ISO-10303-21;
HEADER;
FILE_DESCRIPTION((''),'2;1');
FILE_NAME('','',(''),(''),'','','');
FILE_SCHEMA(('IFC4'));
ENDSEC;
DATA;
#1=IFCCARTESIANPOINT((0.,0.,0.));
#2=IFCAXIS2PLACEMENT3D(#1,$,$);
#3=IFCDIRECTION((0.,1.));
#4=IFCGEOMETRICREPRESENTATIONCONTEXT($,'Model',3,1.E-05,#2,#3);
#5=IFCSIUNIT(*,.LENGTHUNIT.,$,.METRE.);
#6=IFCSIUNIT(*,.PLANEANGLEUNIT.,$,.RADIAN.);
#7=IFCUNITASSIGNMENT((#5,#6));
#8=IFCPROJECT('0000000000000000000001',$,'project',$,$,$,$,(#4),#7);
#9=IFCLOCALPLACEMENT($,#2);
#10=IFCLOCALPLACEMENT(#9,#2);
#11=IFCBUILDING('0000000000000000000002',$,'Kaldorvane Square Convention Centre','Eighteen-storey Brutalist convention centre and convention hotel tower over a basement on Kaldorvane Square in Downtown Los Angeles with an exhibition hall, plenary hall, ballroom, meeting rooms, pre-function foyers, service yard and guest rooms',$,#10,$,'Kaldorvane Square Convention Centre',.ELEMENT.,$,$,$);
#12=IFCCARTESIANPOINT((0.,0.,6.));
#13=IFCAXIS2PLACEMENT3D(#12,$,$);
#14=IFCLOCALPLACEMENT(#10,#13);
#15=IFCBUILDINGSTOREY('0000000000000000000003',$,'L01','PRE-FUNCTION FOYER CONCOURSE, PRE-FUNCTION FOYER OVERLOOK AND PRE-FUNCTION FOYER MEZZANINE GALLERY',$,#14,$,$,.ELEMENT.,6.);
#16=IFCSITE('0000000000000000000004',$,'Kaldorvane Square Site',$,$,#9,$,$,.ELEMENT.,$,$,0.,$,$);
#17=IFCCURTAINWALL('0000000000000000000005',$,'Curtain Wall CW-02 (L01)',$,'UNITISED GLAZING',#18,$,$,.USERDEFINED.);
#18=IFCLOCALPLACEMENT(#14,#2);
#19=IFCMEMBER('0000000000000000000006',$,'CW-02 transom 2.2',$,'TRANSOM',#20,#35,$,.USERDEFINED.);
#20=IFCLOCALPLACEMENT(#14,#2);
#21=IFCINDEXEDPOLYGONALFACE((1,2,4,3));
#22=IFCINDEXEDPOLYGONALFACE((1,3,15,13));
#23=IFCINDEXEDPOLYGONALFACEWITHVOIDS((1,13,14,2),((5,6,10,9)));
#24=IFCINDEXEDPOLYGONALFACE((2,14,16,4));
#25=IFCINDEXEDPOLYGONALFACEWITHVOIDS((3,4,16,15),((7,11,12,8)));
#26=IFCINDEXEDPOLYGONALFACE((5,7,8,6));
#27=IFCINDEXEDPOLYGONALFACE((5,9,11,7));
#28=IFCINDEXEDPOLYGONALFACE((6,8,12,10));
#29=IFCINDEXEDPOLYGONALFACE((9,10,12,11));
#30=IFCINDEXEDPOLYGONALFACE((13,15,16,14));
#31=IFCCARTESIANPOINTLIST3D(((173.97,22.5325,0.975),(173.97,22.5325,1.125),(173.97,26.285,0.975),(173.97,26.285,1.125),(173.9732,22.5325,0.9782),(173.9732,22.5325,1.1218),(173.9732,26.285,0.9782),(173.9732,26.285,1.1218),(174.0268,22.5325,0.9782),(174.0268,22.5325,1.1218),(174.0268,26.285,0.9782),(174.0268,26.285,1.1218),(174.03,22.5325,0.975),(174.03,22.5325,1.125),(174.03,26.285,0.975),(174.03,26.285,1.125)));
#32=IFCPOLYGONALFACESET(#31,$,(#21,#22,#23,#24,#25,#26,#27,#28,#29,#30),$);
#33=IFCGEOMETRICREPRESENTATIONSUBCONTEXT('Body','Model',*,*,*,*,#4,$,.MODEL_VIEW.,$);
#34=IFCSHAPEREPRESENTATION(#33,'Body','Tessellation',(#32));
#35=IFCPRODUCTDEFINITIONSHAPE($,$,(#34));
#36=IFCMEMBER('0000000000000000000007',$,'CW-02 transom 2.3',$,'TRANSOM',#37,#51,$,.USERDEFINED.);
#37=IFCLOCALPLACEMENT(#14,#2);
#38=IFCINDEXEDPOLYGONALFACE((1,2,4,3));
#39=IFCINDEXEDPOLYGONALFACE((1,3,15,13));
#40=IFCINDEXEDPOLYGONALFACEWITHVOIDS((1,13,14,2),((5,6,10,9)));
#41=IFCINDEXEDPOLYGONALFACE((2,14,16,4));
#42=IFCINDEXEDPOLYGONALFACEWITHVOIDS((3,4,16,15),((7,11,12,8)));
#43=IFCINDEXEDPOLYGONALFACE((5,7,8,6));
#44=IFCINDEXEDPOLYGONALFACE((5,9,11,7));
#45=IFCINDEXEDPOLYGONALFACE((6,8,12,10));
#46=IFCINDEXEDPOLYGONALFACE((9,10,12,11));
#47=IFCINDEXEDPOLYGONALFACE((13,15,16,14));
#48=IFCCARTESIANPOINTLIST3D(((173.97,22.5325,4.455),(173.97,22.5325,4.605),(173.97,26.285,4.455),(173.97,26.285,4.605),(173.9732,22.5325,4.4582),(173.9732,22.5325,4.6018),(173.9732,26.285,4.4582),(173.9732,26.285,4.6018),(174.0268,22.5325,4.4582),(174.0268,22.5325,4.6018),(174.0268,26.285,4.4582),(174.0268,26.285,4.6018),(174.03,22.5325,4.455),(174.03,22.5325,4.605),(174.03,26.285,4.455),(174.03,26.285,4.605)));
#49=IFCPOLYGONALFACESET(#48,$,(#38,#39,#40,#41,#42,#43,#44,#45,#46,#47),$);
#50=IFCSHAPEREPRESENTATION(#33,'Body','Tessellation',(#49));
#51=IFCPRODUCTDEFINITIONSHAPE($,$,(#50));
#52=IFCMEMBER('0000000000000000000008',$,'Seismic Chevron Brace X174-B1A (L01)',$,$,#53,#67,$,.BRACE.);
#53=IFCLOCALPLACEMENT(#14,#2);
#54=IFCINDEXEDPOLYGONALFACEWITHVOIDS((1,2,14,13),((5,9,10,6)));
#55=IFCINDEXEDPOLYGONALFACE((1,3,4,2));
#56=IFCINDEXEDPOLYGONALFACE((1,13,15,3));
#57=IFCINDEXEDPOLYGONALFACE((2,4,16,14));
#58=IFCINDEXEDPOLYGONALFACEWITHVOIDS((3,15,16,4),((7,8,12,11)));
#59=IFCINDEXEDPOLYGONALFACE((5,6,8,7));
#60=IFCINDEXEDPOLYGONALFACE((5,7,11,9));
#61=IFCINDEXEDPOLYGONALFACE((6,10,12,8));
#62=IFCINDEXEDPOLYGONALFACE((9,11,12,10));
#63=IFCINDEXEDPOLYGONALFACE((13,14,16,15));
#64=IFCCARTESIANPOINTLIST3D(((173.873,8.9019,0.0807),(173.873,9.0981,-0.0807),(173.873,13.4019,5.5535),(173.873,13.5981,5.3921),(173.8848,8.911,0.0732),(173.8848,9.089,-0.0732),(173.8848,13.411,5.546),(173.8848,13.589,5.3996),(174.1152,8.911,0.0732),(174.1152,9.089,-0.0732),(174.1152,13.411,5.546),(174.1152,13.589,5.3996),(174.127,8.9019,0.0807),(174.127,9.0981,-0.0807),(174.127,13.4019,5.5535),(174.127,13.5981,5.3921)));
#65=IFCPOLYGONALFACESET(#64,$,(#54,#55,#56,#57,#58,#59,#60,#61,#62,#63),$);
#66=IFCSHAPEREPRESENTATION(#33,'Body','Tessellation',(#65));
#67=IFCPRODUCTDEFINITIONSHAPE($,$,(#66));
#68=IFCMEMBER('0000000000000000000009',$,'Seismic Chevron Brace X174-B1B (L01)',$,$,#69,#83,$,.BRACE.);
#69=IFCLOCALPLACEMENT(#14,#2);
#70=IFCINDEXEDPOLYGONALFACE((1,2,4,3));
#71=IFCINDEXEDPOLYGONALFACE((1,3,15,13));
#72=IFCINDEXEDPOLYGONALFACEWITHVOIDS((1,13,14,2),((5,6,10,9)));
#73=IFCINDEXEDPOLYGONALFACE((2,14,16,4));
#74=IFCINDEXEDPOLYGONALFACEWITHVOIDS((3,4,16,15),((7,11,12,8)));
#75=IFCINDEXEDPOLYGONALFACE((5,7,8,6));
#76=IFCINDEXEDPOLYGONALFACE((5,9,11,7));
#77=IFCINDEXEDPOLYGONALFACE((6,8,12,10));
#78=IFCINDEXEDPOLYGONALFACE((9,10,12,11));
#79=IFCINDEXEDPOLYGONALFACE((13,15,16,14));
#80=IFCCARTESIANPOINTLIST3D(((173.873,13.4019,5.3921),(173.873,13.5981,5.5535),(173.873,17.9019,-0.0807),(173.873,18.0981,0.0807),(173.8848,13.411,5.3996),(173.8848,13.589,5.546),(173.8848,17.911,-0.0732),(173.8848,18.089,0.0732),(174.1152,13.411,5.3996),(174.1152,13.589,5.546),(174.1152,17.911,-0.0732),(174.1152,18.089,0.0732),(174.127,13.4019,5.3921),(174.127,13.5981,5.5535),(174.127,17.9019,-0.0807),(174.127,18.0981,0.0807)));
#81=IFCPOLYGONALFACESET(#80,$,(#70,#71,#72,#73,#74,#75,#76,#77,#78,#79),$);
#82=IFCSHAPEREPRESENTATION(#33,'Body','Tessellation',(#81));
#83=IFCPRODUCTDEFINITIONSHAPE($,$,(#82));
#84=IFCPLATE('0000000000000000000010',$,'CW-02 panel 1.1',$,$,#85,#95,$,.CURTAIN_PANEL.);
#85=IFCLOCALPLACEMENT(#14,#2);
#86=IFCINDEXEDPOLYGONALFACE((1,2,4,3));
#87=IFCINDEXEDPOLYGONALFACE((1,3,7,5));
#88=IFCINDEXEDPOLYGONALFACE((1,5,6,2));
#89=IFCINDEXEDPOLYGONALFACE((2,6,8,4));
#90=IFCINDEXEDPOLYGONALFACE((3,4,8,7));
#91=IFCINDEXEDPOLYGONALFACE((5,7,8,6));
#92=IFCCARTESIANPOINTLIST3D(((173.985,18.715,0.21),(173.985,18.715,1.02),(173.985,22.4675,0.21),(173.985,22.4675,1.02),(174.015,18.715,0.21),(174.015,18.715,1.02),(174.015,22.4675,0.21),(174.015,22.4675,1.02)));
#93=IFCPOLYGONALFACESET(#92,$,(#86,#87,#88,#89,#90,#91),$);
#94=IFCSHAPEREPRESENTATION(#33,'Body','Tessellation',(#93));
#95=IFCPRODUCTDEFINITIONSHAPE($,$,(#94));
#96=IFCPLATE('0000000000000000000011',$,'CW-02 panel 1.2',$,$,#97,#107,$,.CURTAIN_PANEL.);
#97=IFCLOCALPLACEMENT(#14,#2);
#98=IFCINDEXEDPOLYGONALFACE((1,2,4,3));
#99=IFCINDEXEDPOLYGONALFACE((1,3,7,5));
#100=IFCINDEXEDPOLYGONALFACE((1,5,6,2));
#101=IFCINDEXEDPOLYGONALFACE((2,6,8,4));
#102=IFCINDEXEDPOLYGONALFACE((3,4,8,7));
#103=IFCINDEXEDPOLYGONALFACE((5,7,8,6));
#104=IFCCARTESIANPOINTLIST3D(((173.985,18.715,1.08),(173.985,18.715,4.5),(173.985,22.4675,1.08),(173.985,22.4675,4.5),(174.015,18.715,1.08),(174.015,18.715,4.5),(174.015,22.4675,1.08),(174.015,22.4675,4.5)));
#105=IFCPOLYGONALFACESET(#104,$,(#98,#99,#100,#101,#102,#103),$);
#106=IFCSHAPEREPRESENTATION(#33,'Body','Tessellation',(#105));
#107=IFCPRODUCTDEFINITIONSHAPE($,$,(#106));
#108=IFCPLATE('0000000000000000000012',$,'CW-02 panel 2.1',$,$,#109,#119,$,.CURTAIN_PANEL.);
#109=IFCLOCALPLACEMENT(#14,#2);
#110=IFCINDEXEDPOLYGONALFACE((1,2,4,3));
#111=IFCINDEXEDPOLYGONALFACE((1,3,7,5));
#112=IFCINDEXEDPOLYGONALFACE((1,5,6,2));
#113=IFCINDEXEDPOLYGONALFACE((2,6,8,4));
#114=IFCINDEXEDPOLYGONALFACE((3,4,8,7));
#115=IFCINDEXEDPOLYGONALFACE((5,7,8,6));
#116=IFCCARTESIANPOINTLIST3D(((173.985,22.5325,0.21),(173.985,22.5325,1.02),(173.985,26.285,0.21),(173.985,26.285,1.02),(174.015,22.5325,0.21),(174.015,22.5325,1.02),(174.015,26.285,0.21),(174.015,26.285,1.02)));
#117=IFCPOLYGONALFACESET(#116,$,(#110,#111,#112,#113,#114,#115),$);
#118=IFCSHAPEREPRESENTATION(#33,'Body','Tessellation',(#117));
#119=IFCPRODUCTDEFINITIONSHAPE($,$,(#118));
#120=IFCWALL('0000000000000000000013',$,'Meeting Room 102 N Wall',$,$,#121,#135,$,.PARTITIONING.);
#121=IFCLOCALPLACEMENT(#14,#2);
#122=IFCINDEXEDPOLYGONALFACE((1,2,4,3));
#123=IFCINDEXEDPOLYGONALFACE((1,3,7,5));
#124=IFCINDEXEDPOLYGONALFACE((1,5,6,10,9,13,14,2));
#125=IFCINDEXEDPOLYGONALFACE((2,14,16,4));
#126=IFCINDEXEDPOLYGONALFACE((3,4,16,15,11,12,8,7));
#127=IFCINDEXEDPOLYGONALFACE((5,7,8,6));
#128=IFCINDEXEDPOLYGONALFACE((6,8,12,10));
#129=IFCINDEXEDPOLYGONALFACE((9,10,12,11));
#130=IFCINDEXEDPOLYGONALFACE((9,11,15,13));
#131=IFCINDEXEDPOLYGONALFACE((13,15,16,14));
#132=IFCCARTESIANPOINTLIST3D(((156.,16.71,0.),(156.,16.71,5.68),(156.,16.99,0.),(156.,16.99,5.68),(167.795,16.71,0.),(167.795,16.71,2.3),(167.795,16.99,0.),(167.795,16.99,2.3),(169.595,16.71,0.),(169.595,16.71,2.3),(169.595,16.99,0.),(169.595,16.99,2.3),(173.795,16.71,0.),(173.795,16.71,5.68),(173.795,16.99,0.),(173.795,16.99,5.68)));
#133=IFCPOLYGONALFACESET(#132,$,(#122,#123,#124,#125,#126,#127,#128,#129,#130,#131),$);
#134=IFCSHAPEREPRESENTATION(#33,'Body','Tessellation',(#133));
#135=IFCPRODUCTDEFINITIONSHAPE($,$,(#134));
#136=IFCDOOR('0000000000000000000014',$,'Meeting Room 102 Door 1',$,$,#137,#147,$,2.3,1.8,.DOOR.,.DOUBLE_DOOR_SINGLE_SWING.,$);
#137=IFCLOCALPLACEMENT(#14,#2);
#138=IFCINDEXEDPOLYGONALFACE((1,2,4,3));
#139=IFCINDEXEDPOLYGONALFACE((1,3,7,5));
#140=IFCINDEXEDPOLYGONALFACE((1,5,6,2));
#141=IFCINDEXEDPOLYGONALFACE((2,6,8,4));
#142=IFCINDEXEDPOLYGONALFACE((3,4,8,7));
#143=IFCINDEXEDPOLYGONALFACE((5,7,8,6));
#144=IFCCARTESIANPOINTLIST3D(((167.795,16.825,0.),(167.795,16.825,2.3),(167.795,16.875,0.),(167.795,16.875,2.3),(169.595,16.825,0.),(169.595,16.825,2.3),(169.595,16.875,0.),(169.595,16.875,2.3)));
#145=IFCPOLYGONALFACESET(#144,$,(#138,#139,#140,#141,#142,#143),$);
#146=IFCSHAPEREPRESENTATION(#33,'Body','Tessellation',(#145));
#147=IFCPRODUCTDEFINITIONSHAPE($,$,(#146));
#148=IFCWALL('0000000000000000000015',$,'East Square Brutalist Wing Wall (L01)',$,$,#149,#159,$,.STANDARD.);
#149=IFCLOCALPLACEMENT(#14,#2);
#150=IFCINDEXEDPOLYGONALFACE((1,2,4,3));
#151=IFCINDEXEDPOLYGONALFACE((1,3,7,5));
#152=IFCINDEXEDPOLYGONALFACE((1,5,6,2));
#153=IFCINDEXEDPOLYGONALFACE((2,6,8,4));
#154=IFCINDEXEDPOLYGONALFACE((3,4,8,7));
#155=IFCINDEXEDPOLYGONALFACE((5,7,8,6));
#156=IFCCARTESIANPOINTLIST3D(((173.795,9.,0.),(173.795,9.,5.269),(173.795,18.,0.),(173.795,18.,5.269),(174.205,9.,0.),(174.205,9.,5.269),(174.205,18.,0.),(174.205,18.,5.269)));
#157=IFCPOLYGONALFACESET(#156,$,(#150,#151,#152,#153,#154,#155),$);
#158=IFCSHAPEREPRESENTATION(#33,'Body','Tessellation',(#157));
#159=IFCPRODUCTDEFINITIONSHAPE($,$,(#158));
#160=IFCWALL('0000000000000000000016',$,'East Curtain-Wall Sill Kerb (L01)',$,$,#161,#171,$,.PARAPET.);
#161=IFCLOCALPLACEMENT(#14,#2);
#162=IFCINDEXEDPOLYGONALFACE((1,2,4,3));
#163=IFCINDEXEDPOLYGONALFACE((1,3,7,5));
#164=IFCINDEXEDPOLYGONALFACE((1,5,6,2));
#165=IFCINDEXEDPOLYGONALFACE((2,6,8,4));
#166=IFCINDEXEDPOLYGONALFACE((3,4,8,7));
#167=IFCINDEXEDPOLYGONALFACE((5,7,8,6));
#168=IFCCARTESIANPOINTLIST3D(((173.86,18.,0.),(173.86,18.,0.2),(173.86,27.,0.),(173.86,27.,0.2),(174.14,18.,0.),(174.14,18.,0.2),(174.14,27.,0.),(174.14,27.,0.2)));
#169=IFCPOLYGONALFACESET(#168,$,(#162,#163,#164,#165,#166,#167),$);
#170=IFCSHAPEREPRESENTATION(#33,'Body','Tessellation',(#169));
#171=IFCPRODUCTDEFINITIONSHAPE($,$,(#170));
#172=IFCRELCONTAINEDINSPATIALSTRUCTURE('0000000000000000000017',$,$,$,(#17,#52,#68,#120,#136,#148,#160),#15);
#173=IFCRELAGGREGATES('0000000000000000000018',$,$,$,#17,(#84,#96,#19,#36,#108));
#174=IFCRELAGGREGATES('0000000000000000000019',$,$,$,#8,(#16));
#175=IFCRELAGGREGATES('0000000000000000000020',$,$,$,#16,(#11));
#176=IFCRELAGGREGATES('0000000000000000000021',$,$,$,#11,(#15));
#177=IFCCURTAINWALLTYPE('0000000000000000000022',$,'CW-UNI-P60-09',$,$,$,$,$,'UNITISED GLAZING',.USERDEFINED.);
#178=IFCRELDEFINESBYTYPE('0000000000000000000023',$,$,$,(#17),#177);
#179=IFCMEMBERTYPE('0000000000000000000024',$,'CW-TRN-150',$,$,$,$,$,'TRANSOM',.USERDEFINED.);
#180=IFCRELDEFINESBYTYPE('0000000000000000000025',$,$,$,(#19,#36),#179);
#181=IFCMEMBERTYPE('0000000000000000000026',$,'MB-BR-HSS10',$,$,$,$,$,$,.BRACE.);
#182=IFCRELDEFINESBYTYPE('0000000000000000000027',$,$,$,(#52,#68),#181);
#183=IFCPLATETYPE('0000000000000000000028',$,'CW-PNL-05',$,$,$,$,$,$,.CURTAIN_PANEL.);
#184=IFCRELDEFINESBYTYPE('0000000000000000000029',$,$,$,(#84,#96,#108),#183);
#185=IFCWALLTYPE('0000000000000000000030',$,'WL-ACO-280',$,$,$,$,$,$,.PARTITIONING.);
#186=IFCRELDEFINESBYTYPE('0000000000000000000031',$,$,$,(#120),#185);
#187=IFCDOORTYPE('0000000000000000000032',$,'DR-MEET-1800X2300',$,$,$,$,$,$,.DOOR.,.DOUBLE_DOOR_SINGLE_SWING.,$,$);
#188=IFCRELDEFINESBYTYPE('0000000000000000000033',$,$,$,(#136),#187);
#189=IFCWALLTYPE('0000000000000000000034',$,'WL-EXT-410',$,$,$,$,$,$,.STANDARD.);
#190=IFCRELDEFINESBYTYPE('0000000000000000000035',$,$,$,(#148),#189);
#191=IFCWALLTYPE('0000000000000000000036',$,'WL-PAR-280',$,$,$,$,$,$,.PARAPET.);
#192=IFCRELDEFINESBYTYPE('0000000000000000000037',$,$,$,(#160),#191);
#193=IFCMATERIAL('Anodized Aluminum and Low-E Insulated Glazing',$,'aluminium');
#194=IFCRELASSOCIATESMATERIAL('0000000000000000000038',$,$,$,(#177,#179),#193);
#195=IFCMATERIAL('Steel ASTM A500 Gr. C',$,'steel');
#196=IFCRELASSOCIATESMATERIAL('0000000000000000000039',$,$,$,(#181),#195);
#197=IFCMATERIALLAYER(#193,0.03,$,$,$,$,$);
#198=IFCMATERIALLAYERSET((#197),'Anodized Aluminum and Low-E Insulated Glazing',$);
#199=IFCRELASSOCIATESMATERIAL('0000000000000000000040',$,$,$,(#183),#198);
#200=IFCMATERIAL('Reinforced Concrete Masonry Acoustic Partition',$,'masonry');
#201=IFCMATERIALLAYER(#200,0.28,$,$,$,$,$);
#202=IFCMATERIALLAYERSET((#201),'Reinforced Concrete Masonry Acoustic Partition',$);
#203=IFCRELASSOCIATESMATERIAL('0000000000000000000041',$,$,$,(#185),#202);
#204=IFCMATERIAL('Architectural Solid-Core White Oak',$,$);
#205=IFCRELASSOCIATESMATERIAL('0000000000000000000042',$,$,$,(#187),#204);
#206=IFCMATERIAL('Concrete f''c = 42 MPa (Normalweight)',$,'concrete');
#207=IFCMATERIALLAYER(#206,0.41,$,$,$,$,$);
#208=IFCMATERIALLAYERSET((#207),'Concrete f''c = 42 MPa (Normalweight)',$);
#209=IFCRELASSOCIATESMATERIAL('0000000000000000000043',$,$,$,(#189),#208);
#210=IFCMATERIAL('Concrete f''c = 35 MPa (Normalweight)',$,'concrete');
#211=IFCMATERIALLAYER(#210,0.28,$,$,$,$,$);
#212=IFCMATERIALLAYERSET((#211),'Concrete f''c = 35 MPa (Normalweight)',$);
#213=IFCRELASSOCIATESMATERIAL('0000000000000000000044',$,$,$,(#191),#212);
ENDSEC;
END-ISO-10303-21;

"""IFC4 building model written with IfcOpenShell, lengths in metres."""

from ifc_helpers import new_model, si_unit, direction, frame, frame_2d, origin, origin_2d, place, context, subcontext, project, spatial, rectangle, hollow_rectangle, extrude, material, layer, layer_set, material_profile, profile_set, type_object, element, fill, aggregate, save


model = new_model("IFC4")

# Units and contexts
model_context = context("Model", 3, precision=1e-05, world=origin(), true_north=direction((0.0, 1.0)))
body_context = subcontext(model_context, "Body", "Model", "MODEL_VIEW")
ifc_project = project(units=[si_unit("LENGTHUNIT", "METRE"), si_unit("PLANEANGLEUNIT", "RADIAN")], contexts=[model_context])

# Site, building, storey
site_placement = place(None, origin())
site = spatial("IfcSite", under=ifc_project, at=site_placement, Name="Kaldorvane Square Site", CompositionType="ELEMENT", RefElevation=0.0)
building_placement = place(site_placement, origin())
building = spatial("IfcBuilding", under=site, at=building_placement, Name="Kaldorvane Square Convention Centre", Description="Eighteen-storey Brutalist convention centre and convention hotel tower over a basement on Kaldorvane Square in Downtown Los Angeles with an exhibition hall, plenary hall, ballroom, meeting rooms, pre-function foyers, service yard and guest rooms", LongName="Kaldorvane Square Convention Centre", CompositionType="ELEMENT")
storey_placement = place(building_placement, frame((0.0, 0.0, 6.0)))
storey = spatial("IfcBuildingStorey", under=building, at=storey_placement, Name="L01", Description="PRE-FUNCTION FOYER CONCOURSE, PRE-FUNCTION FOYER OVERLOOK AND PRE-FUNCTION FOYER MEZZANINE GALLERY", CompositionType="ELEMENT", Elevation=6.0)

# Shared definitions
ifc_material_1 = material(Name="Steel ASTM A500 Gr. C", Category="steel")

# Curtain wall, members
ifc_material_2 = material(Name="Anodized Aluminum and Low-E Insulated Glazing", Category="aluminium")
curtain_wall_type = type_object("IfcCurtainWallType", Name="CW-UNI-P60-09", ElementType="UNITISED GLAZING", PredefinedType="USERDEFINED", material=ifc_material_2)
curtain_wall_placement = place(storey_placement, origin())
curtain_wall = element("IfcCurtainWall", 1, at=curtain_wall_placement, inside=storey, type_object=curtain_wall_type, Name="Curtain Wall CW-02 (L01)", ObjectType="UNITISED GLAZING", PredefinedType="USERDEFINED")
ifc_material_profile_1 = material_profile(ifc_material_2, hollow_rectangle(XDim=0.06, YDim=0.15, WallThickness=0.0032, at=origin_2d()), Name="CWT-150X60")
ifc_profile_set_1 = profile_set([ifc_material_profile_1], Name="Anodized Aluminum and Low-E Insulated Glazing")
member_type_1 = type_object("IfcMemberType", Name="CW-TRN-150", ElementType="TRANSOM", PredefinedType="USERDEFINED", material=ifc_profile_set_1)
member_1_placement = place(storey_placement, frame((174.0, 22.5325, 1.05), z_axis=(0.0, 1.0, 0.0), x_axis=(-1.0, 0.0, 0.0)))
member_1 = element("IfcMember", 2, at=member_1_placement, type_object=member_type_1, Name="CW-02 transom 2.2", ObjectType="TRANSOM", PredefinedType="USERDEFINED", context=body_context, shape_type="SweptSolid", body=[
    extrude(hollow_rectangle(XDim=0.06, YDim=0.15, WallThickness=0.0032, at=origin_2d()), origin(), (0.0, 0.0, 1.0), 3.7525),
])
member_2_placement = place(storey_placement, frame((174.0, 22.5325, 4.53), z_axis=(0.0, 1.0, 0.0), x_axis=(-1.0, 0.0, 0.0)))
member_2 = element("IfcMember", 3, at=member_2_placement, type_object=member_type_1, Name="CW-02 transom 2.3", ObjectType="TRANSOM", PredefinedType="USERDEFINED", context=body_context, shape_type="SweptSolid", body=[
    extrude(hollow_rectangle(XDim=0.06, YDim=0.15, WallThickness=0.0032, at=origin_2d()), origin(), (0.0, 0.0, 1.0), 3.7525),
])

# Members
ifc_material_profile_2 = material_profile(ifc_material_1, hollow_rectangle(XDim=0.254, YDim=0.254, WallThickness=0.0118, at=origin_2d()), Name="HSS10X10X1/2")
ifc_profile_set_2 = profile_set([ifc_material_profile_2], Name="Steel ASTM A500 Gr. C")
member_type_2 = type_object("IfcMemberType", Name="MB-BR-HSS10", PredefinedType="BRACE", material=ifc_profile_set_2)
for number, where, z_axis, x_axis, name in (
    (4, (174.0, 9.0, 0.0), (0.0, 0.635118, 0.772415), (-1.0, 0.0, 0.0), "Seismic Chevron Brace X174-B1A (L01)"),
    (5, (174.0, 18.0, 0.0), (0.0, -0.635118, 0.772415), (1.0, 0.0, 0.0), "Seismic Chevron Brace X174-B1B (L01)"),
):
    element("IfcMember", number, at=place(storey_placement, frame(where, z_axis=z_axis, x_axis=x_axis)), inside=storey, type_object=member_type_2, Name=name, PredefinedType="BRACE", context=body_context, shape_type="SweptSolid", body=[
        extrude(hollow_rectangle(XDim=0.254, YDim=0.254, WallThickness=0.0118, at=origin_2d()), origin(), (0.0, 0.0, 1.0), 7.0853),
    ])

# Plates
ifc_layer_1 = layer(ifc_material_2, 0.03)
ifc_layer_set_1 = layer_set([ifc_layer_1], Name="Anodized Aluminum and Low-E Insulated Glazing")
plate_type = type_object("IfcPlateType", Name="CW-PNL-05", PredefinedType="CURTAIN_PANEL", material=ifc_layer_set_1)
plate_1_placement = place(storey_placement, frame((174.0, 20.5912, 0.21), z_axis=(0.0, 0.0, 1.0), x_axis=(0.0, 1.0, 0.0)))
plate_1 = element("IfcPlate", 6, at=plate_1_placement, type_object=plate_type, Name="CW-02 panel 1.1", PredefinedType="CURTAIN_PANEL", context=body_context, shape_type="SweptSolid", body=[
    extrude(rectangle(XDim=3.7525, YDim=0.03, at=origin_2d()), origin(), (0.0, 0.0, 1.0), 0.81),
])
plate_2_placement = place(storey_placement, frame((174.0, 20.5912, 1.08), z_axis=(0.0, 0.0, 1.0), x_axis=(0.0, 1.0, 0.0)))
plate_2 = element("IfcPlate", 7, at=plate_2_placement, type_object=plate_type, Name="CW-02 panel 1.2", PredefinedType="CURTAIN_PANEL", context=body_context, shape_type="SweptSolid", body=[
    extrude(rectangle(XDim=3.7525, YDim=0.03, at=origin_2d()), origin(), (0.0, 0.0, 1.0), 3.42),
])
plate_3_placement = place(storey_placement, frame((174.0, 24.4088, 0.21), z_axis=(0.0, 0.0, 1.0), x_axis=(0.0, 1.0, 0.0)))
plate_3 = element("IfcPlate", 8, at=plate_3_placement, type_object=plate_type, Name="CW-02 panel 2.1", PredefinedType="CURTAIN_PANEL", context=body_context, shape_type="SweptSolid", body=[
    extrude(rectangle(XDim=3.7525, YDim=0.03, at=origin_2d()), origin(), (0.0, 0.0, 1.0), 0.81),
])
aggregate(curtain_wall, [plate_1, plate_2, member_1, member_2, plate_3])

# Wall, opening, door
ifc_material_3 = material(Name="Reinforced Concrete Masonry Acoustic Partition", Category="masonry")
ifc_layer_2 = layer(ifc_material_3, 0.28)
ifc_layer_set_2 = layer_set([ifc_layer_2], Name="Reinforced Concrete Masonry Acoustic Partition")
wall_type_1 = type_object("IfcWallType", Name="WL-ACO-280", PredefinedType="PARTITIONING", material=ifc_layer_set_2)
wall_1_placement = place(storey_placement, frame((173.795, 16.85, 0.0), z_axis=(0.0, 0.0, 1.0), x_axis=(-1.0, 0.0, 0.0)))
wall_1 = element("IfcWall", 9, at=wall_1_placement, inside=storey, type_object=wall_type_1, Name="Meeting Room 102 N Wall", PredefinedType="PARTITIONING", context=body_context, shape_type="SweptSolid", body=[
    extrude(rectangle(XDim=17.795, YDim=0.28, at=frame_2d((8.8975, 0.0))), origin(), (0.0, 0.0, 1.0), 5.68),
])
opening_placement = place(wall_1_placement, frame((4.2, 0.0, 0.0)))
opening = element("IfcOpeningElement", 10, at=opening_placement, cuts=wall_1, PredefinedType="OPENING", context=body_context, shape_type="SweptSolid", body=[
    extrude(rectangle(XDim=1.8, YDim=2.3, at=frame_2d((0.9, 1.15))), frame((0.0, 0.155, 0.0), z_axis=(0.0, -1.0, 0.0), x_axis=(1.0, 0.0, 0.0)), (0.0, 0.0, 1.0), 0.31),
])
ifc_material_4 = material(Name="Architectural Solid-Core White Oak")
door_type = type_object("IfcDoorType", Name="DR-MEET-1800X2300", OperationType="DOUBLE_DOOR_SINGLE_SWING", PredefinedType="DOOR", material=ifc_material_4)
door_placement = place(opening_placement, origin())
door = element("IfcDoor", 11, at=door_placement, inside=storey, type_object=door_type, Name="Meeting Room 102 Door 1", OperationType="DOUBLE_DOOR_SINGLE_SWING", OverallHeight=2.3, OverallWidth=1.8, PredefinedType="DOOR", context=body_context, shape_type="SweptSolid", body=[
    extrude(rectangle(XDim=1.8, YDim=2.3, at=frame_2d((0.9, 1.15))), frame((0.0, 0.025, 0.0), z_axis=(0.0, -1.0, 0.0), x_axis=(1.0, 0.0, 0.0)), (0.0, 0.0, 1.0), 0.05),
])
fill(opening, door)

# Walls
ifc_material_5 = material(Name="Concrete f'c = 42 MPa (Normalweight)", Category="concrete")
ifc_layer_3 = layer(ifc_material_5, 0.41)
ifc_layer_set_3 = layer_set([ifc_layer_3], Name="Concrete f'c = 42 MPa (Normalweight)")
wall_type_2 = type_object("IfcWallType", Name="WL-EXT-410", PredefinedType="STANDARD", material=ifc_layer_set_3)
wall_2_placement = place(storey_placement, frame((174.0, 9.0, 0.0), z_axis=(0.0, 0.0, 1.0), x_axis=(0.0, 1.0, 0.0)))
element("IfcWall", 12, at=wall_2_placement, inside=storey, type_object=wall_type_2, Name="East Square Brutalist Wing Wall (L01)", PredefinedType="STANDARD", context=body_context, shape_type="SweptSolid", body=[
    extrude(rectangle(XDim=9.0, YDim=0.41, at=frame_2d((4.5, 0.0))), origin(), (0.0, 0.0, 1.0), 5.269),
])
ifc_material_6 = material(Name="Concrete f'c = 35 MPa (Normalweight)", Category="concrete")
ifc_layer_4 = layer(ifc_material_6, 0.28)
ifc_layer_set_4 = layer_set([ifc_layer_4], Name="Concrete f'c = 35 MPa (Normalweight)")
wall_type_3 = type_object("IfcWallType", Name="WL-PAR-280", PredefinedType="PARAPET", material=ifc_layer_set_4)
wall_3_placement = place(storey_placement, frame((174.0, 18.0, 0.0), z_axis=(0.0, 0.0, 1.0), x_axis=(0.0, 1.0, 0.0)))
element("IfcWall", 13, at=wall_3_placement, inside=storey, type_object=wall_type_3, Name="East Curtain-Wall Sill Kerb (L01)", PredefinedType="PARAPET", context=body_context, shape_type="SweptSolid", body=[
    extrude(rectangle(XDim=9.0, YDim=0.28, at=frame_2d((4.5, 0.0))), origin(), (0.0, 0.0, 1.0), 0.2),
])

save(model, "model.ifc")
